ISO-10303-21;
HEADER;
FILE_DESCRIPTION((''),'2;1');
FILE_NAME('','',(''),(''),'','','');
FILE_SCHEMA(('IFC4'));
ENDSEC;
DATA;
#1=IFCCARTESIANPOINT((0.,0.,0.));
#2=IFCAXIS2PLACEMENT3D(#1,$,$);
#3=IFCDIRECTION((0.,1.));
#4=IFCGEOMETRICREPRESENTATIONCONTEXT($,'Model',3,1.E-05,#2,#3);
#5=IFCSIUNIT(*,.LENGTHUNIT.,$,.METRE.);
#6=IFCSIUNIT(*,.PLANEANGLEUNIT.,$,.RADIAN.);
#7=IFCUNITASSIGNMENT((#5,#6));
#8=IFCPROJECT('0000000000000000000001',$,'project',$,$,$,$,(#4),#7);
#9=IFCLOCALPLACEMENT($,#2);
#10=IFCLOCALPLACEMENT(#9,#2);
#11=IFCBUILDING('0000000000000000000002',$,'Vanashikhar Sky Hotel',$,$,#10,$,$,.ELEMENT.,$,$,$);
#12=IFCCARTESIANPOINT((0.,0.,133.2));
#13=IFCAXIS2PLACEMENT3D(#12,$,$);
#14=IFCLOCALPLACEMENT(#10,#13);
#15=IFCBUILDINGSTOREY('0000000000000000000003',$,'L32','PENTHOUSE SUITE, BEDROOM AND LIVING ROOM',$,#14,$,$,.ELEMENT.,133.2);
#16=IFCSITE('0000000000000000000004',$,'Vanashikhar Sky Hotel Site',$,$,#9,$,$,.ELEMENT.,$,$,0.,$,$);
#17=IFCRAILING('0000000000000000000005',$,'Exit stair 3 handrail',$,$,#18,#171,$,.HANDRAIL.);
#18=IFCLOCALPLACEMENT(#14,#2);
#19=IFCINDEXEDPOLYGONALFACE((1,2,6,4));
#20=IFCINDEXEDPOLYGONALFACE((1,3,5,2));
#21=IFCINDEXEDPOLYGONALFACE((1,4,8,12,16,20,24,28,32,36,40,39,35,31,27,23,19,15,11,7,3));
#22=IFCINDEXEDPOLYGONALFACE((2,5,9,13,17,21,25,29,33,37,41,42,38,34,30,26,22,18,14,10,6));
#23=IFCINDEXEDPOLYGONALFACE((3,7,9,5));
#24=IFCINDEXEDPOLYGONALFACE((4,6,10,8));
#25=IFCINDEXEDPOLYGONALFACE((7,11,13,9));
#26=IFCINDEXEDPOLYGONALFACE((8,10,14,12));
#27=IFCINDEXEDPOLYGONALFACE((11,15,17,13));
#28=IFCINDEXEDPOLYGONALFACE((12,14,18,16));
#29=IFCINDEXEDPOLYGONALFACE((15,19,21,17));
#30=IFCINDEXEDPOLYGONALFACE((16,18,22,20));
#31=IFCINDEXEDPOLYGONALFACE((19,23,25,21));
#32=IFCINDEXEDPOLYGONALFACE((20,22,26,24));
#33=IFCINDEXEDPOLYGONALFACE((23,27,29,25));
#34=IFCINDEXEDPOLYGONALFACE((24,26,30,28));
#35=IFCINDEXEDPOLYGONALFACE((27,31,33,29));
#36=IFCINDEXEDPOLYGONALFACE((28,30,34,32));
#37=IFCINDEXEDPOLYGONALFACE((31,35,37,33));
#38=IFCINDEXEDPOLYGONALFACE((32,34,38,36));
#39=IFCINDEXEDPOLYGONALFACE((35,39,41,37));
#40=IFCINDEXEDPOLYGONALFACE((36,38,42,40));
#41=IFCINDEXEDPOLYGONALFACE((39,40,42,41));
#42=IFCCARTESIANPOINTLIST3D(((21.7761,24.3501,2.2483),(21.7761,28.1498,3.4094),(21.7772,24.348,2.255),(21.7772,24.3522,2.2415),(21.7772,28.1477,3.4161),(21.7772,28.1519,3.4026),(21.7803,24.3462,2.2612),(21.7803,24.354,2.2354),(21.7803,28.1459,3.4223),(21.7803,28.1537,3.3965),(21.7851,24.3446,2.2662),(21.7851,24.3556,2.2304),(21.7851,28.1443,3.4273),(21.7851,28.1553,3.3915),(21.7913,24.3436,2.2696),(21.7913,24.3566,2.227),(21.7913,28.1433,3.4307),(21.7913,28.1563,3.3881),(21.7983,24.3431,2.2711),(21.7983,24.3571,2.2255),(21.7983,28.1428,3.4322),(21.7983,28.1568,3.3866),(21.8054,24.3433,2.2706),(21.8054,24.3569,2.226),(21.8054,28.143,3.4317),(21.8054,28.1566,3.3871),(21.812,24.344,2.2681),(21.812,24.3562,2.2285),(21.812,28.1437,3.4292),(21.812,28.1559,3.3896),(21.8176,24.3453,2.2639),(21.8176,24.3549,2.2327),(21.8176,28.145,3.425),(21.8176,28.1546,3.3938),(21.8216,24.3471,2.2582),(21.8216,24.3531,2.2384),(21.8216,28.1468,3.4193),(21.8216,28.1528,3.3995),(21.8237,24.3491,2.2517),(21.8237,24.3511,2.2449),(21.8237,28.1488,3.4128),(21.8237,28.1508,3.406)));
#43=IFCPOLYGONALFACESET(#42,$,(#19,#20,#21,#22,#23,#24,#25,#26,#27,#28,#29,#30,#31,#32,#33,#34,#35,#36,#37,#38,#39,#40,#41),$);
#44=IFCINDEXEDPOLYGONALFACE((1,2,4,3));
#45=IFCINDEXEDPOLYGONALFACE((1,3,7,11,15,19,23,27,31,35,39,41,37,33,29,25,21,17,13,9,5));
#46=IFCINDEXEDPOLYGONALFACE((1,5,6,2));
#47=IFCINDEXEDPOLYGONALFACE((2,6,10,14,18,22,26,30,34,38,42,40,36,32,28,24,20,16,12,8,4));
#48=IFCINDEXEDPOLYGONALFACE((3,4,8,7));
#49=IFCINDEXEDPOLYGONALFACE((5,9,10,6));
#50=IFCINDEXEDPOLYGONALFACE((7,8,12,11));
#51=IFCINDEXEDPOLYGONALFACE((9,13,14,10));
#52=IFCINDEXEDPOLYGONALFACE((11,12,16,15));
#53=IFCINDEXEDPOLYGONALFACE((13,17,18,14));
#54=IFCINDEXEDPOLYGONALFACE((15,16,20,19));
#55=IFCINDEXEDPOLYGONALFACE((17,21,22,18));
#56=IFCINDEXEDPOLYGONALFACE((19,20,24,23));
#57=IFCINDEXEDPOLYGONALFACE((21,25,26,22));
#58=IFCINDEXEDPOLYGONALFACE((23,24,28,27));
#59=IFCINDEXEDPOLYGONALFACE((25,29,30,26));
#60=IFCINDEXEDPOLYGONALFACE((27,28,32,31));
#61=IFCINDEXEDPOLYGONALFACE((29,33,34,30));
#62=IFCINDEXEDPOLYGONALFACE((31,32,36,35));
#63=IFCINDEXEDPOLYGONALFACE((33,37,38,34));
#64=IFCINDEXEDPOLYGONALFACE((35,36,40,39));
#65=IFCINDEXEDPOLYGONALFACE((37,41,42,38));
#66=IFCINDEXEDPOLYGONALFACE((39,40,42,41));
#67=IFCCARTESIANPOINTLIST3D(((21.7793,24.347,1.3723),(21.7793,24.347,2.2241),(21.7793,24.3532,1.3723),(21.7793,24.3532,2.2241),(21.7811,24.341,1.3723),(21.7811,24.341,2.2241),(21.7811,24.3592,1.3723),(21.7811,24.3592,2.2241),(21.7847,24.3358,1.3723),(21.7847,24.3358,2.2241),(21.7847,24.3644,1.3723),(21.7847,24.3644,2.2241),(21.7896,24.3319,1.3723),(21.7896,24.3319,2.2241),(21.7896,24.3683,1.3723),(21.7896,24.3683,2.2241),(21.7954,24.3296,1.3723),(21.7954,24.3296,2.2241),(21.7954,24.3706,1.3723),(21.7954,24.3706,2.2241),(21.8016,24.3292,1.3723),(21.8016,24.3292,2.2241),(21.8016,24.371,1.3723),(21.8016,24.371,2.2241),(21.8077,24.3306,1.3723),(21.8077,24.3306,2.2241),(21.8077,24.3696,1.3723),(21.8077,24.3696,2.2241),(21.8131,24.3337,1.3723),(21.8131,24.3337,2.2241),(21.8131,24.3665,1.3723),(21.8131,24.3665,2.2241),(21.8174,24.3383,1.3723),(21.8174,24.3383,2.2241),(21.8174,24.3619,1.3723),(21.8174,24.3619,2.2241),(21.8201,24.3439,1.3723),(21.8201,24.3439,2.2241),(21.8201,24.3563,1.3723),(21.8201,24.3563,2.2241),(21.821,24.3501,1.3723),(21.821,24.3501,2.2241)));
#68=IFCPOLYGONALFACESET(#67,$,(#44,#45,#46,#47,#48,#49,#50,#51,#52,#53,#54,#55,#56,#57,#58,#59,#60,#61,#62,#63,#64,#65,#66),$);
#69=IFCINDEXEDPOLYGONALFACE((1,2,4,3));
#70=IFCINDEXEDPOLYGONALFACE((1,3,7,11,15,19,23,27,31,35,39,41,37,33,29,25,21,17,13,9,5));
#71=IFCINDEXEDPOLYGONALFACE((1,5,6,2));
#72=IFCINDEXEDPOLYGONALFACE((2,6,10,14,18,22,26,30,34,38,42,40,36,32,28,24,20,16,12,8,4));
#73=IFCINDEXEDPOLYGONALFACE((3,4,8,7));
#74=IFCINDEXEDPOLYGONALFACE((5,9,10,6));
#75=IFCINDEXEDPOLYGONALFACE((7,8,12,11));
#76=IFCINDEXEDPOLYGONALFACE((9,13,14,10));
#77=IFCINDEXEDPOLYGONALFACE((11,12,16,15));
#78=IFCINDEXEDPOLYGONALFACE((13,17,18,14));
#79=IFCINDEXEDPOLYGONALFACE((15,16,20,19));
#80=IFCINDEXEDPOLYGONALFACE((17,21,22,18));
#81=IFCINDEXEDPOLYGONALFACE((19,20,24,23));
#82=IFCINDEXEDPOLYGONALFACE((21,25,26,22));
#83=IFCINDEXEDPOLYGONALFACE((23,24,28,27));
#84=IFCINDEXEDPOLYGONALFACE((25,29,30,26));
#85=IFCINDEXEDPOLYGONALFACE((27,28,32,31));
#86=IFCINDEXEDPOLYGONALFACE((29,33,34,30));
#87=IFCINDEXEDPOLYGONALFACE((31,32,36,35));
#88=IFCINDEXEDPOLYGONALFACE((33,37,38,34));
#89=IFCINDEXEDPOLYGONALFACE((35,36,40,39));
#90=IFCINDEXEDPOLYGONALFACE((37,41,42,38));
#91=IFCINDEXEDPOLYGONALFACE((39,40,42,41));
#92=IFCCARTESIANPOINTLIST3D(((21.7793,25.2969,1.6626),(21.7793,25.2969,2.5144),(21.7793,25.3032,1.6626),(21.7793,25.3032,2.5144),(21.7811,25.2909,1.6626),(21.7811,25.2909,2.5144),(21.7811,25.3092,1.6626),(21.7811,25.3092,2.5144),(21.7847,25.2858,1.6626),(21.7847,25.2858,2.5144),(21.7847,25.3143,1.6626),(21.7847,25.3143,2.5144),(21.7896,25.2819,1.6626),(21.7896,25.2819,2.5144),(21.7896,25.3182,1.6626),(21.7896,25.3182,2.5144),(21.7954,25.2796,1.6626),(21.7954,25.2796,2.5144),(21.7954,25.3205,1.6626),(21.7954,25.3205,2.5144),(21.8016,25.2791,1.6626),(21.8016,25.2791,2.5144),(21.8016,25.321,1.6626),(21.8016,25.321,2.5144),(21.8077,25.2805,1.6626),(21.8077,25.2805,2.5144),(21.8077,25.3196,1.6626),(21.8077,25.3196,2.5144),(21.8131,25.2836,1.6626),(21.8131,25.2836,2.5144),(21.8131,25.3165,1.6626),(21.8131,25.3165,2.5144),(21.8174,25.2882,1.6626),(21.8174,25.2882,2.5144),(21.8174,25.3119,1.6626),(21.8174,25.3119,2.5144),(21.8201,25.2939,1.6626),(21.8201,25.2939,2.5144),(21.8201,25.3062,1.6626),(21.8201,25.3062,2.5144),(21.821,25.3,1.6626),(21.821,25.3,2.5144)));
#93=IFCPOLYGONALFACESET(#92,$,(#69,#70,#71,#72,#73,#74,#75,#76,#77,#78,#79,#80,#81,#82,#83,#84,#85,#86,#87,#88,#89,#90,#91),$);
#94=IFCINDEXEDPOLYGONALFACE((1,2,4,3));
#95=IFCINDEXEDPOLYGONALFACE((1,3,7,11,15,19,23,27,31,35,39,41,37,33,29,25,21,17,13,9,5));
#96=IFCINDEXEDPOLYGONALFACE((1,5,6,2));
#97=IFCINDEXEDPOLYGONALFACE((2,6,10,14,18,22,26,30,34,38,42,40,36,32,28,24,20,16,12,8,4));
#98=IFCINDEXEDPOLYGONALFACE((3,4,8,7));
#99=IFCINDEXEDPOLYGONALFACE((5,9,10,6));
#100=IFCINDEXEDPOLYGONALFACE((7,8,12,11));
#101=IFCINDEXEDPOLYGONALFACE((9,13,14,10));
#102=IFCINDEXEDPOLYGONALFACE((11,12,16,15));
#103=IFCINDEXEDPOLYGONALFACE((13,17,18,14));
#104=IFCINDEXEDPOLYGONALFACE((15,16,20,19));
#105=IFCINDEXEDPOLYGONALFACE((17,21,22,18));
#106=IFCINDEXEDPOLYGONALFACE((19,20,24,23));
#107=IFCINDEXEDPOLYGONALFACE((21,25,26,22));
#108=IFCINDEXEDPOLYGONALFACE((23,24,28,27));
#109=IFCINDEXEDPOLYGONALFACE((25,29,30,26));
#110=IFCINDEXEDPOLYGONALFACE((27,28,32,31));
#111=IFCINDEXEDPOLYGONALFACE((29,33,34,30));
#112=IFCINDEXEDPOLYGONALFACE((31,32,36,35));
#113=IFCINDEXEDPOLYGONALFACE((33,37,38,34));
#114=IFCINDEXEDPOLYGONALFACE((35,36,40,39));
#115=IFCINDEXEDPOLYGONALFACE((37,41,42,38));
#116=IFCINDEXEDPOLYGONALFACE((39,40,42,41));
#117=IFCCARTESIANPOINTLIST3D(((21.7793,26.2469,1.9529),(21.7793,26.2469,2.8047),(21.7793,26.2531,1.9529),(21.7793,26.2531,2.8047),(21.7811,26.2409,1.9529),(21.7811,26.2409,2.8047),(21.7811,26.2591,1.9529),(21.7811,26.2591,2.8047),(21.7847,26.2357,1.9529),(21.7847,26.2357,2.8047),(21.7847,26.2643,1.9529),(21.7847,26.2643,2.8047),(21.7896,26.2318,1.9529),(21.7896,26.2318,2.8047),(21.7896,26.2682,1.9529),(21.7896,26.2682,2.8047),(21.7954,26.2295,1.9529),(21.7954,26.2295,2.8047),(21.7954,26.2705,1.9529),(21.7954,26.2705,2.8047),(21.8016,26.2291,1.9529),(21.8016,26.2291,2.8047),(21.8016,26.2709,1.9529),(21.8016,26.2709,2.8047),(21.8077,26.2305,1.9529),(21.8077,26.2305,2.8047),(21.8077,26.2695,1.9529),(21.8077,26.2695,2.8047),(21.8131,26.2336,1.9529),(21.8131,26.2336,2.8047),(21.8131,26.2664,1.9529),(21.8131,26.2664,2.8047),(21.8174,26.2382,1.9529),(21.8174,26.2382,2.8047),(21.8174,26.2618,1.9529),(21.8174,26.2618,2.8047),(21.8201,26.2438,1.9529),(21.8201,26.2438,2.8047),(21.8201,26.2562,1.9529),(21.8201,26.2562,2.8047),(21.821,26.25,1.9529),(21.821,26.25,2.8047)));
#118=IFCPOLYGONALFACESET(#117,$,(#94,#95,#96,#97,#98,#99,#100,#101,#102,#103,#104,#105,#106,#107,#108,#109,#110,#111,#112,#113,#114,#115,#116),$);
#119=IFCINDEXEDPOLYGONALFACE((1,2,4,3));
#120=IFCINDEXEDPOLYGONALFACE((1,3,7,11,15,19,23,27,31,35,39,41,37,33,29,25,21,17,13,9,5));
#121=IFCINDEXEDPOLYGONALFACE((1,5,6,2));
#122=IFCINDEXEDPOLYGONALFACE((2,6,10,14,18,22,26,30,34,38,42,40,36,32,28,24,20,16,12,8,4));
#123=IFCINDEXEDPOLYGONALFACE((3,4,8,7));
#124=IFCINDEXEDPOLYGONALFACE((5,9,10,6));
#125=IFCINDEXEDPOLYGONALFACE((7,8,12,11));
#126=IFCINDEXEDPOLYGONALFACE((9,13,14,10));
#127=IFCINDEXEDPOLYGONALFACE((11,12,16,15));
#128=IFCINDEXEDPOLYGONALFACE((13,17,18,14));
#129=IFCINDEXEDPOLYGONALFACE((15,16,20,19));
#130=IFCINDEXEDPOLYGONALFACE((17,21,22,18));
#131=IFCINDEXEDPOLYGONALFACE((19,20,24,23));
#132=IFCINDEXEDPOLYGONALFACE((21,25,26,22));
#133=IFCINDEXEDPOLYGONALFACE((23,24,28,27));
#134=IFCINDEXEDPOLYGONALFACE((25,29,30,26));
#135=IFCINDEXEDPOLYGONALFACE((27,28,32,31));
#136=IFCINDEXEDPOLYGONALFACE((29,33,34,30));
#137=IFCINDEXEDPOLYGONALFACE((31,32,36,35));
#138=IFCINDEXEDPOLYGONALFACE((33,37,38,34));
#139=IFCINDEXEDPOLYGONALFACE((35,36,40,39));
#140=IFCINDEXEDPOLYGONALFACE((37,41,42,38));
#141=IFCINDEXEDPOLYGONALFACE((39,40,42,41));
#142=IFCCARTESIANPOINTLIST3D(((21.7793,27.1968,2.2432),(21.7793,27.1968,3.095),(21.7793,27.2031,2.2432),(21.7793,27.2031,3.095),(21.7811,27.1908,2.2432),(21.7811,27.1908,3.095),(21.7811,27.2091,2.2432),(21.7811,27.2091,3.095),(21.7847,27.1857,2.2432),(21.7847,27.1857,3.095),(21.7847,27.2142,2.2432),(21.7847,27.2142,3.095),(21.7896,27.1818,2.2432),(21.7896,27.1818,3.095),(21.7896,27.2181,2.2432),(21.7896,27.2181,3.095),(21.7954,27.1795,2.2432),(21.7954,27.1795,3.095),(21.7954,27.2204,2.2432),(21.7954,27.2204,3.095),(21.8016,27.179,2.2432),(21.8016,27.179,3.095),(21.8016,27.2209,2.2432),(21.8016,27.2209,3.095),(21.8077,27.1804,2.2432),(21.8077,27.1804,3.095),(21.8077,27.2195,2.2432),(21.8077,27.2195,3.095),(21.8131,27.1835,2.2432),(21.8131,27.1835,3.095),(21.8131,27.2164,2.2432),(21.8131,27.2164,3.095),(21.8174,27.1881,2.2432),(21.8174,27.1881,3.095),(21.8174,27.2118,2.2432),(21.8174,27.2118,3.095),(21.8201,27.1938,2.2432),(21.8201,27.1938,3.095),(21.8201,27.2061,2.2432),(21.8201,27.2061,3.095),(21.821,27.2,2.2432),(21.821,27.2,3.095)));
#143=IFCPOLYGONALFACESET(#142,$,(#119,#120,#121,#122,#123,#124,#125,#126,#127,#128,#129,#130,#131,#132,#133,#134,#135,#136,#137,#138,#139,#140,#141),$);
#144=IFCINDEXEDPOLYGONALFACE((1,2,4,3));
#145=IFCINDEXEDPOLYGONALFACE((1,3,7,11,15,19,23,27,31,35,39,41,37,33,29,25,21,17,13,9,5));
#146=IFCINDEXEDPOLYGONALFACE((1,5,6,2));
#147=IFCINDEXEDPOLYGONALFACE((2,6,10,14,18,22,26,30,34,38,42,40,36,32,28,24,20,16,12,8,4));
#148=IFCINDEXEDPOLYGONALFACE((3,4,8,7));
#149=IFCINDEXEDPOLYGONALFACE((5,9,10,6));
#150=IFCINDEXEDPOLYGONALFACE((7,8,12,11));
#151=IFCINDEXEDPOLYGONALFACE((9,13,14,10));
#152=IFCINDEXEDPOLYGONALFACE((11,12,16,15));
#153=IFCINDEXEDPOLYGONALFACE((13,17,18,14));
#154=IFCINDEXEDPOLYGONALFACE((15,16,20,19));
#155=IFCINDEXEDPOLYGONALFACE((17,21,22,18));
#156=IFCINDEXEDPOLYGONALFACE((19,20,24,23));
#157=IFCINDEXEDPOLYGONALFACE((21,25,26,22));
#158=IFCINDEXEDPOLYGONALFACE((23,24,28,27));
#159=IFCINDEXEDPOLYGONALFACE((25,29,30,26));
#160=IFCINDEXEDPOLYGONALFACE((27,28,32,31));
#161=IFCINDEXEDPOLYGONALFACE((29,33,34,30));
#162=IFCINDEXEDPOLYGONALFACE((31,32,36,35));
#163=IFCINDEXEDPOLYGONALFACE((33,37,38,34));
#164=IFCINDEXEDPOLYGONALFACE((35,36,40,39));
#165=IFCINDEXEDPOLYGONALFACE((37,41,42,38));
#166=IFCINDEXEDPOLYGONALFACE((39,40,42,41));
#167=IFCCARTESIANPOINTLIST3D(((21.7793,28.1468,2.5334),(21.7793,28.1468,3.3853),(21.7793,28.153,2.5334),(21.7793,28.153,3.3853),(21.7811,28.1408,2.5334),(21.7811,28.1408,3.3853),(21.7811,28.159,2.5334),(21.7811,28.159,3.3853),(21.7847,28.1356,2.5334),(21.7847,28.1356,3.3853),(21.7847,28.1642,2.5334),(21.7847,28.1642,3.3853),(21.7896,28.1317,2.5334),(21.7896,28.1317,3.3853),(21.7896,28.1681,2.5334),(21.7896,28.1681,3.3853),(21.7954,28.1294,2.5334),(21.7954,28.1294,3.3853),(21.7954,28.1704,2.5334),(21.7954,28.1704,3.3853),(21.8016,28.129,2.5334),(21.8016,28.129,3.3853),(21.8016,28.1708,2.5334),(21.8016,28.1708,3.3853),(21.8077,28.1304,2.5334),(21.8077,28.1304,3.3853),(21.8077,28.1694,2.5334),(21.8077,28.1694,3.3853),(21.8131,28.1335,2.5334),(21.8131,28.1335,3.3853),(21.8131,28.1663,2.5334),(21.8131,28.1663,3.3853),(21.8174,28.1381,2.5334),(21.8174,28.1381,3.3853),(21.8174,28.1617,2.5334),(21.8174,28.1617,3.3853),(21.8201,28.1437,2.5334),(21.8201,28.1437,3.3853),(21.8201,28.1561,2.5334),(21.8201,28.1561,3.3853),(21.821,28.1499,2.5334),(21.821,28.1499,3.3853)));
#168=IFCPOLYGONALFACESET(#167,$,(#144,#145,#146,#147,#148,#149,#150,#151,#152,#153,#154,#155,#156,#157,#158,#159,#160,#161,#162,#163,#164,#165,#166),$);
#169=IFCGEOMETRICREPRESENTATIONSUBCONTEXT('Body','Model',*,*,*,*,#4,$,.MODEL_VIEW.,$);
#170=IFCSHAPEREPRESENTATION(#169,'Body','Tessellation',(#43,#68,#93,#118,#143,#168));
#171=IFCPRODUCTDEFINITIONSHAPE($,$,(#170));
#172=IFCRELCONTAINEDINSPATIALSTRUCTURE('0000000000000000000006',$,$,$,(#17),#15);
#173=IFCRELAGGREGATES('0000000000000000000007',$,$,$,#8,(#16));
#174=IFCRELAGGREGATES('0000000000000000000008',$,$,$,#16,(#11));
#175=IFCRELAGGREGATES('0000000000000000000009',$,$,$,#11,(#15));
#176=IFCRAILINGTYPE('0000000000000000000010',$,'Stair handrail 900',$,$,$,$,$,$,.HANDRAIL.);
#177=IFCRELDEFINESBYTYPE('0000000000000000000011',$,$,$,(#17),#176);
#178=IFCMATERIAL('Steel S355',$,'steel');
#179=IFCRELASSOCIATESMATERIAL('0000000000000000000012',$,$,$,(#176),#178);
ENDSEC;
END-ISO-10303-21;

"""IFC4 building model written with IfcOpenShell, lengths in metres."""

from ifc_helpers import new_model, si_unit, direction, frame, origin, origin_2d, place, context, subcontext, project, spatial, circle, extrude, source, transform, mapped, material, type_object, element, save


model = new_model("IFC4")

# Units and contexts
model_context = context("Model", 3, precision=1e-05, world=origin(), true_north=direction((0.0, 1.0)))
body_context = subcontext(model_context, "Body", "Model", "MODEL_VIEW")
ifc_project = project(units=[si_unit("LENGTHUNIT", "METRE"), si_unit("PLANEANGLEUNIT", "RADIAN")], contexts=[model_context])

# Site, building, storey
site_placement = place(None, origin())
site = spatial("IfcSite", under=ifc_project, at=site_placement, Name="Vanashikhar Sky Hotel Site", CompositionType="ELEMENT", RefElevation=0.0)
building_placement = place(site_placement, origin())
building = spatial("IfcBuilding", under=site, at=building_placement, Name="Vanashikhar Sky Hotel", CompositionType="ELEMENT")
storey_placement = place(building_placement, frame((0.0, 0.0, 133.2)))
storey = spatial("IfcBuildingStorey", under=building, at=storey_placement, Name="L32", Description="PENTHOUSE SUITE, BEDROOM AND LIVING ROOM", CompositionType="ELEMENT", Elevation=133.2)

# Railing
ifc_material_1 = material(Name="Steel S355", Category="steel")
railing_type_1 = type_object("IfcRailingType", Name="Stair handrail 900", PredefinedType="HANDRAIL", material=ifc_material_1)
shared_shape_1 = source(origin(), body_context, "Body", "SweptSolid", [
    extrude(circle(Radius=0.0239, at=origin_2d()), frame((0.0, 0.0, 0.876), z_axis=(0.0, 0.956346, 0.292237), x_axis=(-1.0, 0.0, 0.0)), (0.0, 0.0, 1.0), 3.9731),
    extrude(circle(Radius=0.021, at=origin_2d()), origin(), (0.0, 0.0, 1.0), 0.8518),
    extrude(circle(Radius=0.021, at=origin_2d()), frame((0.0, 0.95, 0.2903)), (0.0, 0.0, 1.0), 0.8518),
    extrude(circle(Radius=0.021, at=origin_2d()), frame((0.0, 1.8999, 0.5806)), (0.0, 0.0, 1.0), 0.8518),
    extrude(circle(Radius=0.021, at=origin_2d()), frame((0.0, 2.8499, 0.8708)), (0.0, 0.0, 1.0), 0.8518),
    extrude(circle(Radius=0.021, at=origin_2d()), frame((0.0, 3.7998, 1.1611)), (0.0, 0.0, 1.0), 0.8518),
])
railing_1_placement = place(storey_placement, frame((21.8, 24.3501, 1.3723)))
element("IfcRailing", 1, at=railing_1_placement, inside=storey, type_object=railing_type_1, Name="Exit stair 3 handrail", PredefinedType="HANDRAIL", context=body_context, shape_type="MappedRepresentation", body=[
    mapped(shared_shape_1, transform((0.0, 0.0, 0.0), scale=1.0)),
])

save(model, "model.ifc")
